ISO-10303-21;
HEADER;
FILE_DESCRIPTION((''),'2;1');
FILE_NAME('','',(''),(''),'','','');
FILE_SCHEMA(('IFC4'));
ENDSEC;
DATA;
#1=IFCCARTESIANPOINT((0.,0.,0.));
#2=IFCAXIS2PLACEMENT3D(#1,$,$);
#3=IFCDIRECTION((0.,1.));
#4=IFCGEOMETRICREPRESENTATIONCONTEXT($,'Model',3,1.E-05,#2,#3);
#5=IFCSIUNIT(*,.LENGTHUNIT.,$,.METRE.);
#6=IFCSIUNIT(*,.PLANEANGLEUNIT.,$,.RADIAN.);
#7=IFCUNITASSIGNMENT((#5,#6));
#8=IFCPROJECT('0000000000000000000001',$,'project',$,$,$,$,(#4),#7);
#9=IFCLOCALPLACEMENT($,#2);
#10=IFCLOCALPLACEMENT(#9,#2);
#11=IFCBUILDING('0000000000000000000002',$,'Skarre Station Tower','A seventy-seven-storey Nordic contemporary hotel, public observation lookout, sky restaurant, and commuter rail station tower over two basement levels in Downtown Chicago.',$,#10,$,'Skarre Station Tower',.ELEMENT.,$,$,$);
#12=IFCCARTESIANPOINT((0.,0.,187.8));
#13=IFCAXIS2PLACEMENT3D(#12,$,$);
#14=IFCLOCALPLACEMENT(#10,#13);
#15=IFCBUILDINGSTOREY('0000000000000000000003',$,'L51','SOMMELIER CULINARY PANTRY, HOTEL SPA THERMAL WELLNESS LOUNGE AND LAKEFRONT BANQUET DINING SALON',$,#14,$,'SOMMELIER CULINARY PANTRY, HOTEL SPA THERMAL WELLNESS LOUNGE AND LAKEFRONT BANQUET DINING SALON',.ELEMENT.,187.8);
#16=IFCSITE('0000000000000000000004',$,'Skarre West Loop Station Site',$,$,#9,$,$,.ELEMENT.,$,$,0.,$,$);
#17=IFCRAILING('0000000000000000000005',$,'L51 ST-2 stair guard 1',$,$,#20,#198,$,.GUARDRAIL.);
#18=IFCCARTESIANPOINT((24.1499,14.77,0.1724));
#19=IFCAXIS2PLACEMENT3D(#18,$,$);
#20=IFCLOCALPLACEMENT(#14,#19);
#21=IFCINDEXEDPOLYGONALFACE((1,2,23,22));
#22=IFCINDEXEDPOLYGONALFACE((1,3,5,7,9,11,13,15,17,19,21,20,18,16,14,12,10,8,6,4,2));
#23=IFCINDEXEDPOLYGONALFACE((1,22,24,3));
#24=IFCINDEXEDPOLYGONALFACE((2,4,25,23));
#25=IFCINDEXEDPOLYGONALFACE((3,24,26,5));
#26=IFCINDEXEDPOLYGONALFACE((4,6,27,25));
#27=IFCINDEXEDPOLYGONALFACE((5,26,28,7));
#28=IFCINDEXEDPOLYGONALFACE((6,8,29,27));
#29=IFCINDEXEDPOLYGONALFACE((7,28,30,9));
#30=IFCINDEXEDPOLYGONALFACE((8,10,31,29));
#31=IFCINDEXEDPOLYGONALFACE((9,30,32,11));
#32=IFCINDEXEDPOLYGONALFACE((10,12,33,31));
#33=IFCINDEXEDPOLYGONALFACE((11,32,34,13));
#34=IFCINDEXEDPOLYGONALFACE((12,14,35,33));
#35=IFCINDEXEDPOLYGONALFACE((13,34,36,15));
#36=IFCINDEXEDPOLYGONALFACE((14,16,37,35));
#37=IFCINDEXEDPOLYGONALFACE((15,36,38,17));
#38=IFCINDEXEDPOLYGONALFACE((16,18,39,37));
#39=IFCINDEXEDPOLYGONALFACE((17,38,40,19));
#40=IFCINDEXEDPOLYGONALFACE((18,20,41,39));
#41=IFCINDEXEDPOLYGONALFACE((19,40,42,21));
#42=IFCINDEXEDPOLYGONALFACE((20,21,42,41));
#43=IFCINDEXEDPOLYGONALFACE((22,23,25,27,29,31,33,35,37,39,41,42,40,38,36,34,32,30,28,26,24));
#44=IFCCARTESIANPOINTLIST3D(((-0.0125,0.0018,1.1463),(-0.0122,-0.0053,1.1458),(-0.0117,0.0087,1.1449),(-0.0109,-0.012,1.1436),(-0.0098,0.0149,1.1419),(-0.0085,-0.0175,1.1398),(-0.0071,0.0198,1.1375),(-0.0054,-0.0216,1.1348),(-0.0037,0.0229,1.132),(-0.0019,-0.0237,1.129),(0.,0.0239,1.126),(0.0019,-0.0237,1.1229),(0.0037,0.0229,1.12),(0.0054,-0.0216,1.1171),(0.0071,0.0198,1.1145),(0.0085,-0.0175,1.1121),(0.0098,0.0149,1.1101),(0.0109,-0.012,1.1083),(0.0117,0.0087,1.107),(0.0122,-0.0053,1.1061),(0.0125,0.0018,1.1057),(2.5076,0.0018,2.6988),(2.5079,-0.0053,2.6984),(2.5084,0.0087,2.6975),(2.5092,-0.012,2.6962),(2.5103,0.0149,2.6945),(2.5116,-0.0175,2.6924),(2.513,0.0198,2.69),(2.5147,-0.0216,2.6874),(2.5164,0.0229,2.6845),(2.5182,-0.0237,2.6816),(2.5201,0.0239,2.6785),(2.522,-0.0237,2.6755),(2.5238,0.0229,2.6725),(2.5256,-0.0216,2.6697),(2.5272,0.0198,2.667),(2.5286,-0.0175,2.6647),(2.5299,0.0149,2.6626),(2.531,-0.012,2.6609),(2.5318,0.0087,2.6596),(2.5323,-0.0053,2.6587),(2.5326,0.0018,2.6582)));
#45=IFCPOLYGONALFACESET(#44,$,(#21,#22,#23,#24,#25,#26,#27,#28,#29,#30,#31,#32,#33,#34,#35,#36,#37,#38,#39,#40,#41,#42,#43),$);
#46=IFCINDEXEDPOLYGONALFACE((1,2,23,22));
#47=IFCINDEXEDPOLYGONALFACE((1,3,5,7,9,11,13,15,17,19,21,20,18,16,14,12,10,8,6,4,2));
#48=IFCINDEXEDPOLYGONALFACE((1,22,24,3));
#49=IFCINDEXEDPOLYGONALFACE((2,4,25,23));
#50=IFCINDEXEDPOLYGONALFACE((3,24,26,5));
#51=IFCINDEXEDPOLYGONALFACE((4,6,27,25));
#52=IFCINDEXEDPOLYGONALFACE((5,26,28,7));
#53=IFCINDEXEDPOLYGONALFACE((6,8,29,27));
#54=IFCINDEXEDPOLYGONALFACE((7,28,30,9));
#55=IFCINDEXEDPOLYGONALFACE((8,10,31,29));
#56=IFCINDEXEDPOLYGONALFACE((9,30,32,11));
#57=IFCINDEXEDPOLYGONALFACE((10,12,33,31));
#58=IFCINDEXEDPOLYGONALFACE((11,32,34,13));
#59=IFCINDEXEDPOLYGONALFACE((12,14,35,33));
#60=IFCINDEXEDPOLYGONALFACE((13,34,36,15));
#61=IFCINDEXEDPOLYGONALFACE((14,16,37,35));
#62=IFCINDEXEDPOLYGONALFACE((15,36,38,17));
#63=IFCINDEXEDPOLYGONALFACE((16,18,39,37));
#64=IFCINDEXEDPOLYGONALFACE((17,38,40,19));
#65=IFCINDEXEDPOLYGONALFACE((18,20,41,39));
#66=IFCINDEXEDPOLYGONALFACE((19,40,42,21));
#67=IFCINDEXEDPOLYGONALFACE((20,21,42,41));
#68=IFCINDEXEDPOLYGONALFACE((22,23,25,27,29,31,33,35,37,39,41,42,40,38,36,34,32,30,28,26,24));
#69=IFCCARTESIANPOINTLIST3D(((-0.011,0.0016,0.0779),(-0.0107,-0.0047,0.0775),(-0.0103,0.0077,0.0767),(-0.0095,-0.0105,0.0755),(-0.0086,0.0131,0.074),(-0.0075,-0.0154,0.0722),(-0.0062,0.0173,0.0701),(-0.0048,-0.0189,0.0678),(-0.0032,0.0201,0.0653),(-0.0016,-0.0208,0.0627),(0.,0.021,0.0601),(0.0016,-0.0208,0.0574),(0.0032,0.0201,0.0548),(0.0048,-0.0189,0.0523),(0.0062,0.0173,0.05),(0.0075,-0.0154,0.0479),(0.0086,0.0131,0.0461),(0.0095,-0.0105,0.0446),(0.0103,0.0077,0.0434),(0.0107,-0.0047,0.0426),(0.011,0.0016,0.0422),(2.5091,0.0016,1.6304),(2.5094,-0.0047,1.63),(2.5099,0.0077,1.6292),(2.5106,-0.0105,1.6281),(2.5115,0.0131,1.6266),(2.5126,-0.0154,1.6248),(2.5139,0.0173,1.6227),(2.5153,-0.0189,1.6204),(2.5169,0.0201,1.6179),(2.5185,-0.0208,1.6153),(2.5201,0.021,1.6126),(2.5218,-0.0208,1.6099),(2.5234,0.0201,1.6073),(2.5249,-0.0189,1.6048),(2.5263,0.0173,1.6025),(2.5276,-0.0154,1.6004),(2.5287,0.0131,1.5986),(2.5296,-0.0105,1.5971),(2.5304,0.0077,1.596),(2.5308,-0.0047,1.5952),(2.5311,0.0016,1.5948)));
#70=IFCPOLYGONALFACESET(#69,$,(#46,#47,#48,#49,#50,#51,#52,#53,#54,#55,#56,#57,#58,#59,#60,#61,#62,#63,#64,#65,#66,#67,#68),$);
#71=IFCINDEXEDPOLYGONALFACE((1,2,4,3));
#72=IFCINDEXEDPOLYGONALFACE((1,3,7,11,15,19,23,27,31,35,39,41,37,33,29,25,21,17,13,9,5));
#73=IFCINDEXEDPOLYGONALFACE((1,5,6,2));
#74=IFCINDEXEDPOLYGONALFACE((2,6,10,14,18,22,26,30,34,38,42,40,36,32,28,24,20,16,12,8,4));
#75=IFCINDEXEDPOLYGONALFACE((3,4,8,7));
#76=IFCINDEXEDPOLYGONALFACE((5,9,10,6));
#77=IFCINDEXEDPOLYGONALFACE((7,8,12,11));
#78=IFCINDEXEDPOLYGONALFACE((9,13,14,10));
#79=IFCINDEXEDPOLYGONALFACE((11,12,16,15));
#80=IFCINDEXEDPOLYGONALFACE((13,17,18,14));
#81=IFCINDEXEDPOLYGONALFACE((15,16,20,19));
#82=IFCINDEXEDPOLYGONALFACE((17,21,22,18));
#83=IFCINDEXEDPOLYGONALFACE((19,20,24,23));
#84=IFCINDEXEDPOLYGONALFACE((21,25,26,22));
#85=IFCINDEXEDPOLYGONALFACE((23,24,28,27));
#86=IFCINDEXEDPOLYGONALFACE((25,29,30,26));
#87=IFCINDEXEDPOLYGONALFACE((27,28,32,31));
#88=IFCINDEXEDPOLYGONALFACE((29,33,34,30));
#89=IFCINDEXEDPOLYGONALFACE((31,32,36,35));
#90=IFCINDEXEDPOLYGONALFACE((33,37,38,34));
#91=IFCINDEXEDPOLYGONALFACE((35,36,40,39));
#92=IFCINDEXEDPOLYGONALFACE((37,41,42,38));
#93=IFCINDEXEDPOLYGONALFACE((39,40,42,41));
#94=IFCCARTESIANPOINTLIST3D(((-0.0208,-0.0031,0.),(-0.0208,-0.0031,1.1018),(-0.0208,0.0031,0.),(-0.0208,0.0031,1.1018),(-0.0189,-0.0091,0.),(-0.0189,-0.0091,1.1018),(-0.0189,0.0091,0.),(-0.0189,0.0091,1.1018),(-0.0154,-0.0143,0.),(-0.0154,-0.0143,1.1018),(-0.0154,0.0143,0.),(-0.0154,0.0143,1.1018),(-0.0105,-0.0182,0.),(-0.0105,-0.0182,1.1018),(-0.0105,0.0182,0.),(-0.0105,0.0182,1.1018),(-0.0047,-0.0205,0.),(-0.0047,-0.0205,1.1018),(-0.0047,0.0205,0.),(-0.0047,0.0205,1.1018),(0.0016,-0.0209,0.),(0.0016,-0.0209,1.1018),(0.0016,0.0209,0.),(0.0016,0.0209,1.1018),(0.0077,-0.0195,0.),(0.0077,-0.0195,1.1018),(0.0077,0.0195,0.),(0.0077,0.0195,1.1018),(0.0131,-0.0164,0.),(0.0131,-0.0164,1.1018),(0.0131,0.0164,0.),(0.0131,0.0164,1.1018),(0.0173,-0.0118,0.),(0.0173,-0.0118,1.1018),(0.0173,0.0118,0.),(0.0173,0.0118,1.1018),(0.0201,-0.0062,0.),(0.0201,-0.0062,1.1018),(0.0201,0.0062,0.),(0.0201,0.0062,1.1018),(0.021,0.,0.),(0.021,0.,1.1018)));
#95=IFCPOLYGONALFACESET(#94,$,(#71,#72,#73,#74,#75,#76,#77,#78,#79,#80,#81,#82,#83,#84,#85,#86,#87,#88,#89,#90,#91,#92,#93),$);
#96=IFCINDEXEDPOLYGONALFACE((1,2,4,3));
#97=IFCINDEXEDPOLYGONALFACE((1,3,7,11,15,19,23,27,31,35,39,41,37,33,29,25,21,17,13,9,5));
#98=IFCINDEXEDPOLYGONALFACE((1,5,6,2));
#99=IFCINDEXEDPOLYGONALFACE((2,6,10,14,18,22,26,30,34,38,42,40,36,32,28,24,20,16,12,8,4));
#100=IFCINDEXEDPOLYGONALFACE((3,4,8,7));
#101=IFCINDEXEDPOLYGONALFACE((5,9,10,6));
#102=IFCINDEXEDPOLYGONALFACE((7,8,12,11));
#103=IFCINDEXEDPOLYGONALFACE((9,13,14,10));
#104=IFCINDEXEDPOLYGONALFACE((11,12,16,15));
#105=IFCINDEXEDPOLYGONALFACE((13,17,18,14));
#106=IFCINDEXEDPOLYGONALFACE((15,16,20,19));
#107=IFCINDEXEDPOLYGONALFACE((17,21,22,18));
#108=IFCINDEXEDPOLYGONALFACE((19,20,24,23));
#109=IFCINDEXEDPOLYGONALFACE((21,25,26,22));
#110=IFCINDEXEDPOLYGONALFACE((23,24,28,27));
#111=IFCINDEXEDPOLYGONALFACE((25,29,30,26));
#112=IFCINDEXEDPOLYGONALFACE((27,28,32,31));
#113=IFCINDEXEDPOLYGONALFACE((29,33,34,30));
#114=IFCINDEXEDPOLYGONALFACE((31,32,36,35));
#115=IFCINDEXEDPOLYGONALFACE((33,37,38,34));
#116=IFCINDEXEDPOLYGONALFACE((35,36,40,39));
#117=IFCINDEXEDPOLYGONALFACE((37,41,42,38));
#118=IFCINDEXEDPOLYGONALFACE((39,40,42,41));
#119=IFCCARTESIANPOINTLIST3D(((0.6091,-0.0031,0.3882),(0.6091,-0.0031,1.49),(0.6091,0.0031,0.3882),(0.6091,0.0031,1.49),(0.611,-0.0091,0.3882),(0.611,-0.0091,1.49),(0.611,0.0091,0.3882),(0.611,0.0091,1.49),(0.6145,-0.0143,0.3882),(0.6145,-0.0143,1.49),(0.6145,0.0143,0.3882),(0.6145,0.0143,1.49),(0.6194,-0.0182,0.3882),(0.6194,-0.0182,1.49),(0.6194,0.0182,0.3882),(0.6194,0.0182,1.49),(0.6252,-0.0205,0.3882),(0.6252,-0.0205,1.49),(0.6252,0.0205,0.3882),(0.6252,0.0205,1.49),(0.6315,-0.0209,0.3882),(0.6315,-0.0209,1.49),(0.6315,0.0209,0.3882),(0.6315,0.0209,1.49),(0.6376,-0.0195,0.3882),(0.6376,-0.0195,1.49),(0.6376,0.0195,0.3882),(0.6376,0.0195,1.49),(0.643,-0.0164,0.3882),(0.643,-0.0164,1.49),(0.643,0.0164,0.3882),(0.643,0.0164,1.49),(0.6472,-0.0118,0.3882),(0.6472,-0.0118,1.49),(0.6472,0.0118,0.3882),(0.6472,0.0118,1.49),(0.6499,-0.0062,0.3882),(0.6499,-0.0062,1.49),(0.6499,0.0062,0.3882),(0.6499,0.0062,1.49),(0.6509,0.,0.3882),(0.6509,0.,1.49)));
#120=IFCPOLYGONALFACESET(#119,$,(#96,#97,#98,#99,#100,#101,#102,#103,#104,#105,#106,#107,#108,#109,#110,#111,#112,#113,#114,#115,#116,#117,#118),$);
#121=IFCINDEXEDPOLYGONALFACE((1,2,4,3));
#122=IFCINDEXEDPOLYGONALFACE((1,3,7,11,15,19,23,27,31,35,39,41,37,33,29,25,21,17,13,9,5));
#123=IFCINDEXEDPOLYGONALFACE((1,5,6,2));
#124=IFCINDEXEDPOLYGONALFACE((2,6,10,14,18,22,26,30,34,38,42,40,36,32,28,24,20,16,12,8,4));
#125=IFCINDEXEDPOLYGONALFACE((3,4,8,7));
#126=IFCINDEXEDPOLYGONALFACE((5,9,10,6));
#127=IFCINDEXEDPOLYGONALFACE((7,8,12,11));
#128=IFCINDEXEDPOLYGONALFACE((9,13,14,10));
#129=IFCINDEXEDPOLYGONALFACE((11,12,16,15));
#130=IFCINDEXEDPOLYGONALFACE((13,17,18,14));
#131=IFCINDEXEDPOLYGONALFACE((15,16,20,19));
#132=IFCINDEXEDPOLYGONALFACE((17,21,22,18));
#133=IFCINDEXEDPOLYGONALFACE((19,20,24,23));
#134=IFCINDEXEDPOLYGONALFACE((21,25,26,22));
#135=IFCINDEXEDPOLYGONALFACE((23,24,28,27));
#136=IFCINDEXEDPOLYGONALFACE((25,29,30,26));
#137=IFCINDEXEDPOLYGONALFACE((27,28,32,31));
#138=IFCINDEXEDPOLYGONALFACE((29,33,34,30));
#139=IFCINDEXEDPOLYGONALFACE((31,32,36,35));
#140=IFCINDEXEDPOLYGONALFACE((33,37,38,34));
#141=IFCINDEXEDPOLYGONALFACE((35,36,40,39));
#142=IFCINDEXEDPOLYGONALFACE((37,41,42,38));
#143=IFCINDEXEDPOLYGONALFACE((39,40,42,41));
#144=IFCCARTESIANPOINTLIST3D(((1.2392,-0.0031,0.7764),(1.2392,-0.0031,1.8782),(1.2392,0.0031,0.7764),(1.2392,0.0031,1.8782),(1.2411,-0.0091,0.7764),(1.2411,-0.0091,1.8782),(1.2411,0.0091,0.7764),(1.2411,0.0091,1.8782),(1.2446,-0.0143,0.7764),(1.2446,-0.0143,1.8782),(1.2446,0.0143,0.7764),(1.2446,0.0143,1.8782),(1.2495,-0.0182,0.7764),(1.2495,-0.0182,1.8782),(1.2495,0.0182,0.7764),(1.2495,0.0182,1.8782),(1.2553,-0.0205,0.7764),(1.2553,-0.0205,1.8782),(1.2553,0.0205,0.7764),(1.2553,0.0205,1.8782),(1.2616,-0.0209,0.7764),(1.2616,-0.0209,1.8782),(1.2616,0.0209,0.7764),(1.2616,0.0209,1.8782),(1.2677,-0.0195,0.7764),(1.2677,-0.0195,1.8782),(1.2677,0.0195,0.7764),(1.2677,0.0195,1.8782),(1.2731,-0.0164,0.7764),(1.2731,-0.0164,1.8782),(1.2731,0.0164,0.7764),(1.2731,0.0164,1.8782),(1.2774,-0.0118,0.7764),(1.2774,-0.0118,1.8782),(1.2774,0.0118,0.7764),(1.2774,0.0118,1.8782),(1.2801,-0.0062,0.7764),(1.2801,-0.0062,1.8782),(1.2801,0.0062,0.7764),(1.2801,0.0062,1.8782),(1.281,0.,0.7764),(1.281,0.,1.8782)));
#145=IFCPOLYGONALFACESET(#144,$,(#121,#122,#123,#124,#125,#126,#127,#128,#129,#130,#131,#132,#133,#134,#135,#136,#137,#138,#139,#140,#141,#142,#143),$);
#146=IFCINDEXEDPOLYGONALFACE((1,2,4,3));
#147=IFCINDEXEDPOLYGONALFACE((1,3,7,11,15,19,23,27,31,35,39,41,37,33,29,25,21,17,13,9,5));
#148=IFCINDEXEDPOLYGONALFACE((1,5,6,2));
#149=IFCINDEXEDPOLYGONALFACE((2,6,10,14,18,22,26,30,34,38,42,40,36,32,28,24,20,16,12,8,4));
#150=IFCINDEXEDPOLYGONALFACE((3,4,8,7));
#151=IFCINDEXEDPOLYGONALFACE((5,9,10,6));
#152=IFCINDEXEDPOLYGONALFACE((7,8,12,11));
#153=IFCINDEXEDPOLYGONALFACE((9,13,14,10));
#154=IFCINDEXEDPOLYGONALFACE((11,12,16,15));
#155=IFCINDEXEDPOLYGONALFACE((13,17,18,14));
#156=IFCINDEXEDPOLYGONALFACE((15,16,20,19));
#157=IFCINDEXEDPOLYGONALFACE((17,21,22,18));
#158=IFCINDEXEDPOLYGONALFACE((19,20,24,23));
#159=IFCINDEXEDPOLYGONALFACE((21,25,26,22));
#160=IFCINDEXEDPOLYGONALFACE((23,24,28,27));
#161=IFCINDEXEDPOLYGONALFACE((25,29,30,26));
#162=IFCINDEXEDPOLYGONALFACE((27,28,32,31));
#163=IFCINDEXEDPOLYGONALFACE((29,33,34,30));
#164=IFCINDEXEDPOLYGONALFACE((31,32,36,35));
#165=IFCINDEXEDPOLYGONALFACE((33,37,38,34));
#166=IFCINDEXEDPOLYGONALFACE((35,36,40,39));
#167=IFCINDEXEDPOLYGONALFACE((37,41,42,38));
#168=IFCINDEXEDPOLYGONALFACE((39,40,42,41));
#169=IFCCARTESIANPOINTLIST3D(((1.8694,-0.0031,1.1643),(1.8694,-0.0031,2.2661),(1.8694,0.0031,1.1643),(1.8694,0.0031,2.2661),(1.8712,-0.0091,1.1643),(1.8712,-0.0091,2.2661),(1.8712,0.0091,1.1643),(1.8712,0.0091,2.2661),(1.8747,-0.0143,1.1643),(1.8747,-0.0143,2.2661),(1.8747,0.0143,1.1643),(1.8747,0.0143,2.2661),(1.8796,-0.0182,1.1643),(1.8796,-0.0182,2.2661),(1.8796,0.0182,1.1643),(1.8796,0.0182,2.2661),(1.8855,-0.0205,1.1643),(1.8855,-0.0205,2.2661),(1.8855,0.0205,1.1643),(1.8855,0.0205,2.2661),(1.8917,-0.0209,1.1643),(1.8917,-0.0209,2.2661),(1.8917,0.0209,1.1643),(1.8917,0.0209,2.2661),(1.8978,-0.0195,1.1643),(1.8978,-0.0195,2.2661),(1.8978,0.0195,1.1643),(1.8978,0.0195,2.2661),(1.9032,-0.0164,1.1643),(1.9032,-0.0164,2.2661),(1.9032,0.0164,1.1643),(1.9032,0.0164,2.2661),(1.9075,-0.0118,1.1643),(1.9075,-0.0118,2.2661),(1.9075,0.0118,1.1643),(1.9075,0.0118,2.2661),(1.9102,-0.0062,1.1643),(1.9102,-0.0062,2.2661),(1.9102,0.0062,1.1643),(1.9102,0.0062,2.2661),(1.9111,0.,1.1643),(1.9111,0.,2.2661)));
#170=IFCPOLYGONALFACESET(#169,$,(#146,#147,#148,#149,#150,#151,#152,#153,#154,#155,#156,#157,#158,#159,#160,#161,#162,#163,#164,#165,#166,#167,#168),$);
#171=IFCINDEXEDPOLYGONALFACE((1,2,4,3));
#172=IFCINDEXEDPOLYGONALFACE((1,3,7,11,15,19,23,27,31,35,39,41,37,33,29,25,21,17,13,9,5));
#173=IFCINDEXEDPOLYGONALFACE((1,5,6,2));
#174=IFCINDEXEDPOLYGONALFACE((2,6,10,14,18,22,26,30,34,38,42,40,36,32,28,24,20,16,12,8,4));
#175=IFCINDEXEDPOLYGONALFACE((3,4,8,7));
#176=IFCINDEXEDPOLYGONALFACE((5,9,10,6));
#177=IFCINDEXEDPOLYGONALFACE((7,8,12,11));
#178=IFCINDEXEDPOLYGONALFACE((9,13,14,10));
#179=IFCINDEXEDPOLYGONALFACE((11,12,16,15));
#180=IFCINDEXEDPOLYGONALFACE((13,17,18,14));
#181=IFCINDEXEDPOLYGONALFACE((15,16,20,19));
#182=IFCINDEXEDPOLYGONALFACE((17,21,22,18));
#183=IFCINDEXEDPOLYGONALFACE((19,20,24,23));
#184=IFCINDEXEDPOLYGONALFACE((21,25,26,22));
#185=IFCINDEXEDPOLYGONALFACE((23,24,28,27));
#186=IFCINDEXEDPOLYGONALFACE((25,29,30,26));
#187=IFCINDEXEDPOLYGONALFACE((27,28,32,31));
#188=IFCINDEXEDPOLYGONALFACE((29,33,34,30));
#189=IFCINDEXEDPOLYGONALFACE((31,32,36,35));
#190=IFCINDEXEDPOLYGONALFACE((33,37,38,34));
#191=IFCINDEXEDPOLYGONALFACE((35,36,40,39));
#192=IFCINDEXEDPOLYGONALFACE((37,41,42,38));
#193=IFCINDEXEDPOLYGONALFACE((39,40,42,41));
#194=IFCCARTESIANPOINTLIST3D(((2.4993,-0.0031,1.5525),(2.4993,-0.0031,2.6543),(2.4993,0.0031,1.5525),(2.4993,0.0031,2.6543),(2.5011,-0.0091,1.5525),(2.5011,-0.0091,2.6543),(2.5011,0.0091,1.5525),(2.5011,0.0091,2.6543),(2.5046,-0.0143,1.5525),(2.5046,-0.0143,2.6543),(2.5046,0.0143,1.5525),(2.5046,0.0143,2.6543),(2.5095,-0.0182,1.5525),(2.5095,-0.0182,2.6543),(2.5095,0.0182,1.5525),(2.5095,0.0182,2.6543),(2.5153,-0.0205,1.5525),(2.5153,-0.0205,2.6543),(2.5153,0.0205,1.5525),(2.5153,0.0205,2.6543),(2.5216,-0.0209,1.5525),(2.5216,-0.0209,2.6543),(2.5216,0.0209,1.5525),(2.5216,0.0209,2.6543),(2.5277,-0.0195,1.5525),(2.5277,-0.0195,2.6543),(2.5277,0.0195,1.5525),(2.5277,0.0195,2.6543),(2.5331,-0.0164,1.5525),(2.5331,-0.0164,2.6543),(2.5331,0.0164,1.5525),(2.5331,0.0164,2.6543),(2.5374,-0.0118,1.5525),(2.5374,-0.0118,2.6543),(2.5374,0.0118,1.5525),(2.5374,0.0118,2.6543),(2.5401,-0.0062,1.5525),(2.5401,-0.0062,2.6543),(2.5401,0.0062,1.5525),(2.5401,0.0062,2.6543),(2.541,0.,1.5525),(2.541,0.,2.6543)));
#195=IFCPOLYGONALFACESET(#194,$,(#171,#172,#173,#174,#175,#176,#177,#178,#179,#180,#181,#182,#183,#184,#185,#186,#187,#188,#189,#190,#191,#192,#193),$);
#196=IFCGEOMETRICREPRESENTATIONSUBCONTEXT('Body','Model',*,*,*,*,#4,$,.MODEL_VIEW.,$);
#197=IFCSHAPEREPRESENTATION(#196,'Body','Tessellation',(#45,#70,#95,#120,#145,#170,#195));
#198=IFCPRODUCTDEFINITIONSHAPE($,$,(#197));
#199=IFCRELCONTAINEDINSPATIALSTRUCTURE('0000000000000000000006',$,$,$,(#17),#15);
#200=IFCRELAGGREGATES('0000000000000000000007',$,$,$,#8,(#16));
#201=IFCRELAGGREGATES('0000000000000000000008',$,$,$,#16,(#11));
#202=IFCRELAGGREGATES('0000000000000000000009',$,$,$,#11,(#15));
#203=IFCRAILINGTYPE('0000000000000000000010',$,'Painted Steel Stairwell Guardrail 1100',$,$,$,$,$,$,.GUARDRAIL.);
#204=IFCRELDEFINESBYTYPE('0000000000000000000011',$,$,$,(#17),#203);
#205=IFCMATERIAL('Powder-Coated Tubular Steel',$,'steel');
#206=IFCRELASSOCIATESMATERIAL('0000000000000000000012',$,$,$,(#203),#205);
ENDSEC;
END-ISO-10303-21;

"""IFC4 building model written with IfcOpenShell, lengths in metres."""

from ifc_helpers import new_model, si_unit, direction, frame, origin, origin_2d, place, context, subcontext, project, spatial, circle, extrude, material, type_object, element, save


model = new_model("IFC4")

# Units and contexts
model_context = context("Model", 3, precision=1e-05, world=origin(), true_north=direction((0.0, 1.0)))
body_context = subcontext(model_context, "Body", "Model", "MODEL_VIEW")
ifc_project = project(units=[si_unit("LENGTHUNIT", "METRE"), si_unit("PLANEANGLEUNIT", "RADIAN")], contexts=[model_context])

# Site, building, storey
site_placement = place(None, origin())
site = spatial("IfcSite", under=ifc_project, at=site_placement, Name="Skarre West Loop Station Site", CompositionType="ELEMENT", RefElevation=0.0)
building_placement = place(site_placement, origin())
building = spatial("IfcBuilding", under=site, at=building_placement, Name="Skarre Station Tower", Description="A seventy-seven-storey Nordic contemporary hotel, public observation lookout, sky restaurant, and commuter rail station tower over two basement levels in Downtown Chicago.", LongName="Skarre Station Tower", CompositionType="ELEMENT")
storey_placement = place(building_placement, frame((0.0, 0.0, 187.8)))
storey = spatial("IfcBuildingStorey", under=building, at=storey_placement, Name="L51", Description="SOMMELIER CULINARY PANTRY, HOTEL SPA THERMAL WELLNESS LOUNGE AND LAKEFRONT BANQUET DINING SALON", LongName="SOMMELIER CULINARY PANTRY, HOTEL SPA THERMAL WELLNESS LOUNGE AND LAKEFRONT BANQUET DINING SALON", CompositionType="ELEMENT", Elevation=187.8)

# Railing
ifc_material_1 = material(Name="Powder-Coated Tubular Steel", Category="steel")
railing_type_1 = type_object("IfcRailingType", Name="Painted Steel Stairwell Guardrail 1100", PredefinedType="GUARDRAIL", material=ifc_material_1)
railing_1_placement = place(storey_placement, frame((24.1499, 14.77, 0.1724)))
element("IfcRailing", 1, at=railing_1_placement, inside=storey, type_object=railing_type_1, Name="L51 ST-2 stair guard 1", PredefinedType="GUARDRAIL", context=body_context, shape_type="SweptSolid", body=[
    extrude(circle(Radius=0.0239, at=origin_2d()), frame((0.0, 0.0, 1.126), z_axis=(0.8514, 0.0, 0.524516), x_axis=(0.0, 1.0, 0.0)), (0.0, 0.0, 1.0), 2.96),
    extrude(circle(Radius=0.021, at=origin_2d()), frame((0.0, 0.0, 0.0601), z_axis=(0.8514, 0.0, 0.524516), x_axis=(0.0, 1.0, 0.0)), (0.0, 0.0, 1.0), 2.96),
    extrude(circle(Radius=0.021, at=origin_2d()), origin(), (0.0, 0.0, 1.0), 1.1018),
    extrude(circle(Radius=0.021, at=origin_2d()), frame((0.6299, 0.0, 0.3882)), (0.0, 0.0, 1.0), 1.1018),
    extrude(circle(Radius=0.021, at=origin_2d()), frame((1.26, 0.0, 0.7764)), (0.0, 0.0, 1.0), 1.1018),
    extrude(circle(Radius=0.021, at=origin_2d()), frame((1.8901, 0.0, 1.1643)), (0.0, 0.0, 1.0), 1.1018),
    extrude(circle(Radius=0.021, at=origin_2d()), frame((2.52, 0.0, 1.5525)), (0.0, 0.0, 1.0), 1.1018),
])

save(model, "model.ifc")
